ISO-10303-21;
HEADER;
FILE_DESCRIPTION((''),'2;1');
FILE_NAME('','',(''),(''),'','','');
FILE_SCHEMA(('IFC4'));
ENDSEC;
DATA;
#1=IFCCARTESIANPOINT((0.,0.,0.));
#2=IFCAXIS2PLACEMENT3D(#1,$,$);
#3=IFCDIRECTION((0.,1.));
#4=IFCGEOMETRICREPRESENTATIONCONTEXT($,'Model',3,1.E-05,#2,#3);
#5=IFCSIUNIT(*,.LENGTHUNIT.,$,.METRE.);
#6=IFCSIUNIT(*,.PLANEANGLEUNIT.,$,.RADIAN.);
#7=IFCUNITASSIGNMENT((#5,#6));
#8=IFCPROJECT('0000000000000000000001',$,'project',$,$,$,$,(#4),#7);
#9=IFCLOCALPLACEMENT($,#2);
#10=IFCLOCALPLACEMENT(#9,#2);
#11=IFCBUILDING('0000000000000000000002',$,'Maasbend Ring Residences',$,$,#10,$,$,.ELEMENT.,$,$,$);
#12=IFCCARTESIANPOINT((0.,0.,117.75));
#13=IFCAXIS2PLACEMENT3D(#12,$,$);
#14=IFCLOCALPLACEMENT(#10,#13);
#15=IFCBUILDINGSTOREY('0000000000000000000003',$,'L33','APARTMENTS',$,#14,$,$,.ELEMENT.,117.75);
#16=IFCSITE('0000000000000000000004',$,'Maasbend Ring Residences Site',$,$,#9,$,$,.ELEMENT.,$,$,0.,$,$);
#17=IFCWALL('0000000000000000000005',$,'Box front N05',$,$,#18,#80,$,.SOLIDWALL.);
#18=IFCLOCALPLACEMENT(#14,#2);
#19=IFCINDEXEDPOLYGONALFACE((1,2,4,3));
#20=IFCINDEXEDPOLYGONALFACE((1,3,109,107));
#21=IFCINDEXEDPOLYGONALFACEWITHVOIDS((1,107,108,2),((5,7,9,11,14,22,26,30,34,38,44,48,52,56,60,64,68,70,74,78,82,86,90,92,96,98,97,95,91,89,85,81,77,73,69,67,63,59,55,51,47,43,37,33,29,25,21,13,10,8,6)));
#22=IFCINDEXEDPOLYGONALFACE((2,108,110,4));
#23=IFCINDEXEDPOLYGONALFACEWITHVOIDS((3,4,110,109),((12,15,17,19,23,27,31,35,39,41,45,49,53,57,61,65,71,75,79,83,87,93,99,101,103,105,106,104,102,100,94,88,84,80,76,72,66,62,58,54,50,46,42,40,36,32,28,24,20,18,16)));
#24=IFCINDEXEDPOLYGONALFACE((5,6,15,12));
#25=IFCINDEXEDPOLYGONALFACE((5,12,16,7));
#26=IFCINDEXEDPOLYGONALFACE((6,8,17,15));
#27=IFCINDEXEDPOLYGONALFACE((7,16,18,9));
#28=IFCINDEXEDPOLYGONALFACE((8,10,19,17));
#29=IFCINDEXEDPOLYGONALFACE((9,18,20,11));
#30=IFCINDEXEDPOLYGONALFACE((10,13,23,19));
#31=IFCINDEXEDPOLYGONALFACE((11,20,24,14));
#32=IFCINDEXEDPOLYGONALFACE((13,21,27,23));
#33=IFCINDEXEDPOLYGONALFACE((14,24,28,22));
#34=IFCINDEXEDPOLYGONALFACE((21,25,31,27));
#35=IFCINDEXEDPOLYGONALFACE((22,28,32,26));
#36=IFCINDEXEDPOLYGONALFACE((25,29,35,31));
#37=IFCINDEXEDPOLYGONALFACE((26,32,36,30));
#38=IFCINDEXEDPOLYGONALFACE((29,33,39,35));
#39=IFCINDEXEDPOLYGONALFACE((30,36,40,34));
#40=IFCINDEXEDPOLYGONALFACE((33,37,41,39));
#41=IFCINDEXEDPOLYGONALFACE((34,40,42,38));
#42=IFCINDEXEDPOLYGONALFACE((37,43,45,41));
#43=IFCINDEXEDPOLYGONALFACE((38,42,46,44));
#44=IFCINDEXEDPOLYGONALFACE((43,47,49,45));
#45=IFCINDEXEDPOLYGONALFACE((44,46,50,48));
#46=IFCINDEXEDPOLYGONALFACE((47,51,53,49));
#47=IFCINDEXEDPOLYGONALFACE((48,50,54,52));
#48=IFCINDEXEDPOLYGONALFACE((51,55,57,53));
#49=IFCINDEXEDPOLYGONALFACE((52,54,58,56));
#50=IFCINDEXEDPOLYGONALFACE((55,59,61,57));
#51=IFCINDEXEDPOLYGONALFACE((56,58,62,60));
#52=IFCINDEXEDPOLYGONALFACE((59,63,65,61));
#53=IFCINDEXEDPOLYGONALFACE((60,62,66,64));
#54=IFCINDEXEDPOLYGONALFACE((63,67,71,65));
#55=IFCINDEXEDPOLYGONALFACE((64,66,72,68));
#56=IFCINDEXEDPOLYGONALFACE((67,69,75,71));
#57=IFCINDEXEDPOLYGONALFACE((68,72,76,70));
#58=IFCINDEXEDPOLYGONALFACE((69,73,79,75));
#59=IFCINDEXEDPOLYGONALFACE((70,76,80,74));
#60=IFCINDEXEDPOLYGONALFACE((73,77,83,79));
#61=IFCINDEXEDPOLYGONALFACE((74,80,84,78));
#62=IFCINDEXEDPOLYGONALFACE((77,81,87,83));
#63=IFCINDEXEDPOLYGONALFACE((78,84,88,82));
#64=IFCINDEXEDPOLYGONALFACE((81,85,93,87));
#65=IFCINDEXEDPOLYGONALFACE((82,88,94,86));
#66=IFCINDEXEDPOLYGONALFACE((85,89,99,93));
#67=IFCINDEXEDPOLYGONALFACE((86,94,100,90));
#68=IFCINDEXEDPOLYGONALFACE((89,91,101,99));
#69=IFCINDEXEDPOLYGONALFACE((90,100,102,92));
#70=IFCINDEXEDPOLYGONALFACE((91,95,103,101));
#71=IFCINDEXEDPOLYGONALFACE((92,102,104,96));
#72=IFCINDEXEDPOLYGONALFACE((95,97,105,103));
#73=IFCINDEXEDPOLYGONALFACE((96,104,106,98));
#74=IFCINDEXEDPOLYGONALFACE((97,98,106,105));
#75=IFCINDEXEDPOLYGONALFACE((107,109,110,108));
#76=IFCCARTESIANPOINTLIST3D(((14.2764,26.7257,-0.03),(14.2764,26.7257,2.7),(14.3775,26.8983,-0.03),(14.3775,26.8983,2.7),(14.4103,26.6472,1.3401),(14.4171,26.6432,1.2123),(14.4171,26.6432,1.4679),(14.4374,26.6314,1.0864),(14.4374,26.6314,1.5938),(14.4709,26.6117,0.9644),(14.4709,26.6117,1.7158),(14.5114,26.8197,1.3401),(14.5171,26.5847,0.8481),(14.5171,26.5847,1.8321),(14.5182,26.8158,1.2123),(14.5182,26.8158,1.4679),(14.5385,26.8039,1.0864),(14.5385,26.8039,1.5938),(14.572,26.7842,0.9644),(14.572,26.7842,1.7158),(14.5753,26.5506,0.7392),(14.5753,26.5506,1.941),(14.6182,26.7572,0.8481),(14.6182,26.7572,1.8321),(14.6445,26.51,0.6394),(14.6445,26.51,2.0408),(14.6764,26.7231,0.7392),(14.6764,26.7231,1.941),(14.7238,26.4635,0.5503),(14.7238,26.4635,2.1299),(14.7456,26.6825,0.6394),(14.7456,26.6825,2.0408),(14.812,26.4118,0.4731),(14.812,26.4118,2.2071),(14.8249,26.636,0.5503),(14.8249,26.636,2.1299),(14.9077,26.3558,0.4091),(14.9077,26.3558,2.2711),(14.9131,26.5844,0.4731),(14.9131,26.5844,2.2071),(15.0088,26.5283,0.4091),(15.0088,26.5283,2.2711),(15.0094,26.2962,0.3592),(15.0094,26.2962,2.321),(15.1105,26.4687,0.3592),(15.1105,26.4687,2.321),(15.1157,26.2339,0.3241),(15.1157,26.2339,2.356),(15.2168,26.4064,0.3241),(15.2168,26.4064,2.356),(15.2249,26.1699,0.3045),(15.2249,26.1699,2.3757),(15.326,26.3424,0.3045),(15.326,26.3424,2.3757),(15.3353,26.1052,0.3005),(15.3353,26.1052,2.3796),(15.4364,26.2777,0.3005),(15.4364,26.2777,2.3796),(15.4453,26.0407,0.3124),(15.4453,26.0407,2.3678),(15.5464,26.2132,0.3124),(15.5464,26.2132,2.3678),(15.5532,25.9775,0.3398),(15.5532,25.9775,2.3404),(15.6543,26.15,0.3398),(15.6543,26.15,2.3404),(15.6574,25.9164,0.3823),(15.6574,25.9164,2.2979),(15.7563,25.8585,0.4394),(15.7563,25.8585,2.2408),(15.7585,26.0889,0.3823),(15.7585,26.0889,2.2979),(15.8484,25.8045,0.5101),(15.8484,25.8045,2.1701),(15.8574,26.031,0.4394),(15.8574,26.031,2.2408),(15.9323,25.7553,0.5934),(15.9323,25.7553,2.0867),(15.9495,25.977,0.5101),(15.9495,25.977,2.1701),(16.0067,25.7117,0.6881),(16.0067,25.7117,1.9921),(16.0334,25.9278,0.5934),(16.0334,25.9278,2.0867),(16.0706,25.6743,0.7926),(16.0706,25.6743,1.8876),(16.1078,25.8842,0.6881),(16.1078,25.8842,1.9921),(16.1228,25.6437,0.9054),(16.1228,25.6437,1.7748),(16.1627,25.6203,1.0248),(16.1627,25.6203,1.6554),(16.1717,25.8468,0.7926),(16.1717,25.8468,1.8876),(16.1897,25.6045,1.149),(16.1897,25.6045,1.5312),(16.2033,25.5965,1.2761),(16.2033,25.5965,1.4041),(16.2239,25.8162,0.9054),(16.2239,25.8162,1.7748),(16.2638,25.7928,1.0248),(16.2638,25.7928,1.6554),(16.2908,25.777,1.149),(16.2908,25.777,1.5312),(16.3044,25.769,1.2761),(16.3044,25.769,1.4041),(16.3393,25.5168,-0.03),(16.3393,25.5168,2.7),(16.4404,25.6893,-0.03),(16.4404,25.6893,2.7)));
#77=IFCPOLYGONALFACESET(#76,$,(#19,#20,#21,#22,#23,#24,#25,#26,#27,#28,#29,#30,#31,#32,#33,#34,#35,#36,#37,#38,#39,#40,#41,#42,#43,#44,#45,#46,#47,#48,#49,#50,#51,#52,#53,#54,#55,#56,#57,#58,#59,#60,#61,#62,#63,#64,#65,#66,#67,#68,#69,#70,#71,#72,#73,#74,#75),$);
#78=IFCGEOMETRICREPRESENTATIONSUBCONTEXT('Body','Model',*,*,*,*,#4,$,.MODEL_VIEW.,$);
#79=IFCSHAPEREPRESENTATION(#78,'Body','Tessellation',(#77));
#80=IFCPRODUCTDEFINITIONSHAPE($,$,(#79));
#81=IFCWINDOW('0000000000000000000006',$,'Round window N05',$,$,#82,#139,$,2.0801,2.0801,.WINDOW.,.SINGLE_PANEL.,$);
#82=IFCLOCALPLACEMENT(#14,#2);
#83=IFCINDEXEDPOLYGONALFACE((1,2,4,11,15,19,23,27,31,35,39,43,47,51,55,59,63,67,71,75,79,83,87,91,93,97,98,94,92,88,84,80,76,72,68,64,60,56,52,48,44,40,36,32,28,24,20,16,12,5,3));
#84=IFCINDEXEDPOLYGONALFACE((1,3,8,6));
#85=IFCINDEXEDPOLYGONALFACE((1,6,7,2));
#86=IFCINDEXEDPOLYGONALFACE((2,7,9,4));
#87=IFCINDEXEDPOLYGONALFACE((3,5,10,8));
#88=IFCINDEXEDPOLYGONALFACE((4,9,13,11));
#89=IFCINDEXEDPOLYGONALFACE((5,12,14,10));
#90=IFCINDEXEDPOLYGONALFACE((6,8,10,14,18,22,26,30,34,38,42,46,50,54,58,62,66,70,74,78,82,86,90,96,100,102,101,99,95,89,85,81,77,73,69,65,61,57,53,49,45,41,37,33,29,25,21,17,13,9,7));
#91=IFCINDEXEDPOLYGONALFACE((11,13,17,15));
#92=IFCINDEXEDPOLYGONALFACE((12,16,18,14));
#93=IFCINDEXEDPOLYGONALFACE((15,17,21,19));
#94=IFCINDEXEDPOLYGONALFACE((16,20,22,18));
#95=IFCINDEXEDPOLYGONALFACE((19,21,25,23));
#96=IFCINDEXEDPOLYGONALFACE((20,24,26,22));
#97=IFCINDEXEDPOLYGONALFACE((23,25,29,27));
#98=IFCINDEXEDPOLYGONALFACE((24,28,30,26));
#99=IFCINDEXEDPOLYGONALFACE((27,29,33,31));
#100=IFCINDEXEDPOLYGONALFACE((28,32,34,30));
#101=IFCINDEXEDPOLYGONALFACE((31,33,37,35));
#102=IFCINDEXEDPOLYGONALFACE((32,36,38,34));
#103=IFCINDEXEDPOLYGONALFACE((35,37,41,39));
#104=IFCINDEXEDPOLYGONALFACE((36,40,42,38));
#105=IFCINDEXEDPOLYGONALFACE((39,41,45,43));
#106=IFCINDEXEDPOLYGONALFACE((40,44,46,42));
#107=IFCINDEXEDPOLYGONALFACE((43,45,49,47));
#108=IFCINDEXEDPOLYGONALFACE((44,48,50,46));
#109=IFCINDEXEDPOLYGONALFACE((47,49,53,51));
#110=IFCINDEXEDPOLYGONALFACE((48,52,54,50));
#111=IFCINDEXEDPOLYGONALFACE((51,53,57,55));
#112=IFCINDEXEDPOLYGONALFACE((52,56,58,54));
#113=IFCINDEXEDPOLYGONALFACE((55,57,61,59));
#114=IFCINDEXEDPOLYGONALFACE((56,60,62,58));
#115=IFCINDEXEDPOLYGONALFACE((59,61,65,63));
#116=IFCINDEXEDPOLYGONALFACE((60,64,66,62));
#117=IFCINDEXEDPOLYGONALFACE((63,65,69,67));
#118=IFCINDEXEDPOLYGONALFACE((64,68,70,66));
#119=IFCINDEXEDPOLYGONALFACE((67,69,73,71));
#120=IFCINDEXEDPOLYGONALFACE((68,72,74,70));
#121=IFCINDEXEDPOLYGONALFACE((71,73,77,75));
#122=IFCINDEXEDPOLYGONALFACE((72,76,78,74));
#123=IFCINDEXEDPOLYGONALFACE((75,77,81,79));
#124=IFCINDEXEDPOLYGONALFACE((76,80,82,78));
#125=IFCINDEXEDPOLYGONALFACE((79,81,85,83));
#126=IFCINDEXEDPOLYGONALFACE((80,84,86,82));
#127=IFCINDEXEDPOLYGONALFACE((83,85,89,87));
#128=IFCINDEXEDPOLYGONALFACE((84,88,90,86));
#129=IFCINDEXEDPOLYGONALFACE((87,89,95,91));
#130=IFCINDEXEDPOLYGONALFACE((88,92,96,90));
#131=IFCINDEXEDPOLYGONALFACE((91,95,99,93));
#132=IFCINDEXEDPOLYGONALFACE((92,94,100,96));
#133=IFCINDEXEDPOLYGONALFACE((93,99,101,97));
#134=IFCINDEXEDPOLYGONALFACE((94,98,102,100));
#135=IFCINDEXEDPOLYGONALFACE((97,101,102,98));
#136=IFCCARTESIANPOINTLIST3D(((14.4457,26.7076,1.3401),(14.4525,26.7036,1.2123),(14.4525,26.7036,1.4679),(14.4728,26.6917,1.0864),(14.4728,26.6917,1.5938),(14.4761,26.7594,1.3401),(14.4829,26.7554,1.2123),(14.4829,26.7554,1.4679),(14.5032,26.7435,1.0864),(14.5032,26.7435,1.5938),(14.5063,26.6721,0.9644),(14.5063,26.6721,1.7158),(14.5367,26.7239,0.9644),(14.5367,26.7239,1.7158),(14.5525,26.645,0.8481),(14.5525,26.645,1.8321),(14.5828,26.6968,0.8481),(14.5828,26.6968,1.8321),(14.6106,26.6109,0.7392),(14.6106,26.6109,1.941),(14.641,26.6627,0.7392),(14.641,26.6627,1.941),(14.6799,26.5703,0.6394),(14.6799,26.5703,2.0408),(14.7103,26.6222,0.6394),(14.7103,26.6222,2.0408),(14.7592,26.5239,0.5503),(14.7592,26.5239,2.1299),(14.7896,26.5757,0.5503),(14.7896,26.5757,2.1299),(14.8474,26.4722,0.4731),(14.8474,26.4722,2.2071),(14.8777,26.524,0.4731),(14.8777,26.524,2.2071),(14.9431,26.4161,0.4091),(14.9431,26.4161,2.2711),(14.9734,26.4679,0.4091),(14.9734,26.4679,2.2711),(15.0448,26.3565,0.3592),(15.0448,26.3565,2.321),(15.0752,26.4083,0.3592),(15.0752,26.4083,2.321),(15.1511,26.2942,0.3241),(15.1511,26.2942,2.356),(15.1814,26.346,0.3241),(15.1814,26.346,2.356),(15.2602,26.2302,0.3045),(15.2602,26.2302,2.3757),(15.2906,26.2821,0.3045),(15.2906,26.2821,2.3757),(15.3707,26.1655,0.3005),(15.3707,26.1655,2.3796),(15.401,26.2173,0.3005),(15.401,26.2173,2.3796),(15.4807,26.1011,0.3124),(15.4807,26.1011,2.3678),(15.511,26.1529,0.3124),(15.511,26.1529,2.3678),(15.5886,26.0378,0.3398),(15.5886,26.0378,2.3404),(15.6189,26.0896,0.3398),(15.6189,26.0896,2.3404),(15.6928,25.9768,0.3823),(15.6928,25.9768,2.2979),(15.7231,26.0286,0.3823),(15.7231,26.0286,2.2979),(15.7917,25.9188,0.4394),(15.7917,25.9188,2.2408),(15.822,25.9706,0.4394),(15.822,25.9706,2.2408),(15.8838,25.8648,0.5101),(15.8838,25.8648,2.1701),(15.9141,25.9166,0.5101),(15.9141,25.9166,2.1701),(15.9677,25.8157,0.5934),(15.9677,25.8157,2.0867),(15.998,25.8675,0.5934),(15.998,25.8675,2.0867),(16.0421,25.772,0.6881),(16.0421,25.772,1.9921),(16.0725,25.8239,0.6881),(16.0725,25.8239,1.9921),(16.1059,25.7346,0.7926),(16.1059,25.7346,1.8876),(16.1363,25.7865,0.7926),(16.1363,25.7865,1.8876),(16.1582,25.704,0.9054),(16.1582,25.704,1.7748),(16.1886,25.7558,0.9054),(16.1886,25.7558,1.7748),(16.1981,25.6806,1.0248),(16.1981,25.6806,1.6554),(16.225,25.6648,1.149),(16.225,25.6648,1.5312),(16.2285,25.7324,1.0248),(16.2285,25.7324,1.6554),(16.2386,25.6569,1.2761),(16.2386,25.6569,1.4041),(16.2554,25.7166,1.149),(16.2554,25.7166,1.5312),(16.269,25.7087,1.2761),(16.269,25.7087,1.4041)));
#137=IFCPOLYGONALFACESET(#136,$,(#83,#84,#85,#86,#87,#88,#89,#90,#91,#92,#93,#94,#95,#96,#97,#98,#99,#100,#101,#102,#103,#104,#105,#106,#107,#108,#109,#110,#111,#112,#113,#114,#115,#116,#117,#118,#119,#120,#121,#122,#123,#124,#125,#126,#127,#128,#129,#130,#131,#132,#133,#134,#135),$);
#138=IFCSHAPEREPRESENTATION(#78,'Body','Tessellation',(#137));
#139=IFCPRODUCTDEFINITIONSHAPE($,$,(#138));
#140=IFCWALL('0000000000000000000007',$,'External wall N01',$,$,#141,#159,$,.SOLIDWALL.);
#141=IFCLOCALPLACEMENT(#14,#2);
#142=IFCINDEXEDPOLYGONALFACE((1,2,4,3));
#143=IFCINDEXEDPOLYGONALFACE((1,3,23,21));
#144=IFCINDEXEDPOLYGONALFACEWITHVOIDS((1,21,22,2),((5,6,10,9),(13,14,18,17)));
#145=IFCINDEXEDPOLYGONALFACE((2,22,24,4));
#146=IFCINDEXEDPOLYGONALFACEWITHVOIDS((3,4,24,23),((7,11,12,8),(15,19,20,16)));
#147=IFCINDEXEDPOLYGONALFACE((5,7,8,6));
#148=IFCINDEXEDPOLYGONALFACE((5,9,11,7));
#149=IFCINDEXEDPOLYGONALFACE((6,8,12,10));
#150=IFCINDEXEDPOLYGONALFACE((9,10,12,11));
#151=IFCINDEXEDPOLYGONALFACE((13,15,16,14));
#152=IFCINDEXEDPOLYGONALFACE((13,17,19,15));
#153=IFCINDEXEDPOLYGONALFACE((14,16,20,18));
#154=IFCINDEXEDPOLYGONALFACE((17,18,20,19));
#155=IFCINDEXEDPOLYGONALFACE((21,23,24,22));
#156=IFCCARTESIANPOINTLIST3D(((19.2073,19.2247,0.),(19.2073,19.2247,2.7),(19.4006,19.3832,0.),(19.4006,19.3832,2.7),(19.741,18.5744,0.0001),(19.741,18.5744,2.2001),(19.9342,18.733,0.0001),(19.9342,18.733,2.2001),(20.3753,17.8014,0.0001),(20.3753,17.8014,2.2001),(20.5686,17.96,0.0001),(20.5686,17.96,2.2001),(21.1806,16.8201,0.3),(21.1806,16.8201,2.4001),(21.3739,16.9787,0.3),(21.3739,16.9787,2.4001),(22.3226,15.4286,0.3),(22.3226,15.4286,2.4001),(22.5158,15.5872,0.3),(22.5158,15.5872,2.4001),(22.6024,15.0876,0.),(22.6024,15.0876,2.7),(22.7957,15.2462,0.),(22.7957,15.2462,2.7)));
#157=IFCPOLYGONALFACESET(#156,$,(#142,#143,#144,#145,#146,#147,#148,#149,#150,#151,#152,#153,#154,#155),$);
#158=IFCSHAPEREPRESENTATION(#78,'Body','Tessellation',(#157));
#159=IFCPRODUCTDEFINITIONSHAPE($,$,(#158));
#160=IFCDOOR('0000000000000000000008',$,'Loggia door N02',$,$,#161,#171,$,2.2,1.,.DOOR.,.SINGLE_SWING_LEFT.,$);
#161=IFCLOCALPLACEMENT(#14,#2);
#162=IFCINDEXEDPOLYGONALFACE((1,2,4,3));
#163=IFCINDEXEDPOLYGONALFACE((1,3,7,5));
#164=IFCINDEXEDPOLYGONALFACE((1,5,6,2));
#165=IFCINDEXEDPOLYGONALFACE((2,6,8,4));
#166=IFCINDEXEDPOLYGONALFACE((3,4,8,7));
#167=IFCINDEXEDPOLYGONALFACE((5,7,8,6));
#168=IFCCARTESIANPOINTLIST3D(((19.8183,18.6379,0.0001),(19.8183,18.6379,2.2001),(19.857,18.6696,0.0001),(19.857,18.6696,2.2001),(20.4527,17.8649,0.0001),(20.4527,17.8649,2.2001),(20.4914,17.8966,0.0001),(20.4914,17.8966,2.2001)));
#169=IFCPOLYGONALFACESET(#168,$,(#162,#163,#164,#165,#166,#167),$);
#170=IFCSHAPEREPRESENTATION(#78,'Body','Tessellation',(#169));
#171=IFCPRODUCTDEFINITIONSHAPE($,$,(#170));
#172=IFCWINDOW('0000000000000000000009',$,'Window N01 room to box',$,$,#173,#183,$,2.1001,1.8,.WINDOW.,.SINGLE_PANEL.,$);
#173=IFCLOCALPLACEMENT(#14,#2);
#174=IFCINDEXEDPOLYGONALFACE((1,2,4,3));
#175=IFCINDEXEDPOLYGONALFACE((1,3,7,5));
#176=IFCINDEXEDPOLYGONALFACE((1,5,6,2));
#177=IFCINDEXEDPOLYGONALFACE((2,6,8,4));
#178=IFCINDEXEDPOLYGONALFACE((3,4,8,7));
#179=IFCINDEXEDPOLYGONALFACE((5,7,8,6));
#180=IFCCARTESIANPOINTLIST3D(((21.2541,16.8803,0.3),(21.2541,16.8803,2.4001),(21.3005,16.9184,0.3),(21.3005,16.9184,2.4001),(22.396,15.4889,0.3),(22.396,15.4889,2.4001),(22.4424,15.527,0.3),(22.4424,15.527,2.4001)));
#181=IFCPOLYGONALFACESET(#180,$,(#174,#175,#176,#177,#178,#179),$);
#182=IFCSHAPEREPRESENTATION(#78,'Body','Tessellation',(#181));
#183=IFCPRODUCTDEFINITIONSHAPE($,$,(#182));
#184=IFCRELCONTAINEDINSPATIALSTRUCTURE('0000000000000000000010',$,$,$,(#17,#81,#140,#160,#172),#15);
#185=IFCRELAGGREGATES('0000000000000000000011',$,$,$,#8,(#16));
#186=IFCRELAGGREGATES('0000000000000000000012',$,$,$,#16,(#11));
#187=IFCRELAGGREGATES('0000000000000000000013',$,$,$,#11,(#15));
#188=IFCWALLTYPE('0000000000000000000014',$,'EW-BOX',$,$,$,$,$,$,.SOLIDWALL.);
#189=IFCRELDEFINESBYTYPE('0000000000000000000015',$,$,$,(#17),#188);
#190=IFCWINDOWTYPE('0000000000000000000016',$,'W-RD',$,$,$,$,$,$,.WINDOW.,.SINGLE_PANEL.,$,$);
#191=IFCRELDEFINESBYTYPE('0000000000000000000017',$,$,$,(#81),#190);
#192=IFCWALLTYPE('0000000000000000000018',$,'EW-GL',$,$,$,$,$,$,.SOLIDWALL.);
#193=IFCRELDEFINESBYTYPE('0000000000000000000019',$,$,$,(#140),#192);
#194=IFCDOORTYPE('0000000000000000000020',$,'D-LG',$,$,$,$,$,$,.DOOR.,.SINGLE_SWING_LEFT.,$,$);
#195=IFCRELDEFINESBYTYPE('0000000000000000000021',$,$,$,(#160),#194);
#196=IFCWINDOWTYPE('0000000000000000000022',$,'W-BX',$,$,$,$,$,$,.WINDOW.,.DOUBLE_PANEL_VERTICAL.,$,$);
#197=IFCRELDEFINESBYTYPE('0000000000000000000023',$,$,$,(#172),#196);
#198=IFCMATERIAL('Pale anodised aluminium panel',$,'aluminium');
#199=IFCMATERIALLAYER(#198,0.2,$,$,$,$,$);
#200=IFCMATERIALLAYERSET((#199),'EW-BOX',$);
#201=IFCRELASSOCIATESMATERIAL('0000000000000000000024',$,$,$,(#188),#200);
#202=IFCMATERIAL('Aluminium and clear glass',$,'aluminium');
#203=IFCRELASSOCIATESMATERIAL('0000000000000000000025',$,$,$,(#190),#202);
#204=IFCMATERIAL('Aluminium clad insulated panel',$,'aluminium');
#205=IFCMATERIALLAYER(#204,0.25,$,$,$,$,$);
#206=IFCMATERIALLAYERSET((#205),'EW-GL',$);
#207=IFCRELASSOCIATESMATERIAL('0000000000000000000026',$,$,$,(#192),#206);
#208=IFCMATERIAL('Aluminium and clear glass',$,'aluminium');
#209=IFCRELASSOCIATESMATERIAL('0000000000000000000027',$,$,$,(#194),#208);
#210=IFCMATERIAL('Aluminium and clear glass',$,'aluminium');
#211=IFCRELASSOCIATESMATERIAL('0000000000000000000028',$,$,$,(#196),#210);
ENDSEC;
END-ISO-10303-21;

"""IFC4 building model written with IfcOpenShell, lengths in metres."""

from ifc_helpers import new_model, si_unit, direction, frame, frame_2d, origin, place, context, subcontext, project, spatial, rectangle, circle, extrude, material, layer, layer_set, type_object, element, fill, save


model = new_model("IFC4")

# Units and contexts
model_context = context("Model", 3, precision=1e-05, world=origin(), true_north=direction((0.0, 1.0)))
body_context = subcontext(model_context, "Body", "Model", "MODEL_VIEW")
ifc_project = project(units=[si_unit("LENGTHUNIT", "METRE"), si_unit("PLANEANGLEUNIT", "RADIAN")], contexts=[model_context])

# Site, building, storey
site_placement = place(None, origin())
site = spatial("IfcSite", under=ifc_project, at=site_placement, Name="Maasbend Ring Residences Site", CompositionType="ELEMENT", RefElevation=0.0)
building_placement = place(site_placement, origin())
building = spatial("IfcBuilding", under=site, at=building_placement, Name="Maasbend Ring Residences", CompositionType="ELEMENT")
storey_placement = place(building_placement, frame((0.0, 0.0, 117.75)))
storey = spatial("IfcBuildingStorey", under=building, at=storey_placement, Name="L33", Description="APARTMENTS", CompositionType="ELEMENT", Elevation=117.75)

# Shared definitions
ifc_material_1 = material(Name="Pale anodised aluminium panel", Category="aluminium")
ifc_layer_1 = layer(ifc_material_1, 0.2)
ifc_layer_set_1 = layer_set([ifc_layer_1], Name="EW-BOX")
wall_type_1 = type_object("IfcWallType", Name="EW-BOX", PredefinedType="SOLIDWALL", material=ifc_layer_set_1)
ifc_material_2 = material(Name="Aluminium and clear glass", Category="aluminium")
window_type_1 = type_object("IfcWindowType", Name="W-RD", PartitioningType="SINGLE_PANEL", PredefinedType="WINDOW", material=ifc_material_2)

# Wall, opening, window
wall_1_placement = place(storey_placement, frame((16.3899, 25.603, -0.03), z_axis=(0.0, 0.0, 1.0), x_axis=(-0.862762, 0.505609, 0.0)))
wall_1 = element("IfcWall", 1, at=wall_1_placement, inside=storey, type_object=wall_type_1, Name="Box front N05", PredefinedType="SOLIDWALL", context=body_context, shape_type="SweptSolid", body=[
    extrude(rectangle(XDim=2.3911, YDim=0.2, at=frame_2d((1.1956, 0.0))), origin(), (0.0, 0.0, 1.0), 2.73),
])
opening_1_placement = place(wall_1_placement, frame((0.1558, 0.0, 0.3301)))
opening_1 = element("IfcOpeningElement", 2, at=opening_1_placement, cuts=wall_1, PredefinedType="OPENING", context=body_context, shape_type="SweptSolid", body=[
    extrude(circle(Radius=1.04, at=frame_2d((1.04, 1.04))), frame((0.0, 0.1099, 0.0), z_axis=(0.0, -1.0, 0.0), x_axis=(1.0, 0.0, 0.0)), (0.0, 0.0, 1.0), 0.22),
])
window_1_placement = place(opening_1_placement, origin())
window_1 = element("IfcWindow", 3, at=window_1_placement, inside=storey, type_object=window_type_1, Name="Round window N05", OverallHeight=2.0801, OverallWidth=2.0801, PartitioningType="SINGLE_PANEL", PredefinedType="WINDOW", context=body_context, shape_type="SweptSolid", body=[
    extrude(circle(Radius=1.04, at=frame_2d((1.04, 1.04))), frame((0.0, 0.03, 0.0), z_axis=(0.0, -1.0, 0.0), x_axis=(1.0, 0.0, 0.0)), (0.0, 0.0, 1.0), 0.0601),
])
fill(opening_1, window_1)

# Wall, openings, door, window
ifc_material_3 = material(Name="Aluminium clad insulated panel", Category="aluminium")
ifc_layer_2 = layer(ifc_material_3, 0.25)
ifc_layer_set_2 = layer_set([ifc_layer_2], Name="EW-GL")
wall_type_2 = type_object("IfcWallType", Name="EW-GL", PredefinedType="SOLIDWALL", material=ifc_layer_set_2)
wall_2_placement = place(storey_placement, frame((22.699, 15.167, 0.0), z_axis=(0.0, 0.0, 1.0), x_axis=(-0.634382, 0.773019, 0.0)))
wall_2 = element("IfcWall", 4, at=wall_2_placement, inside=storey, type_object=wall_type_2, Name="External wall N01", PredefinedType="SOLIDWALL", context=body_context, shape_type="SweptSolid", body=[
    extrude(rectangle(XDim=5.3518, YDim=0.25, at=frame_2d((2.6758, 0.0))), origin(), (0.0, 0.0, 1.0), 2.7),
])
opening_2_placement = place(wall_2_placement, frame((0.4412, 0.0, 0.3)))
opening_2 = element("IfcOpeningElement", 5, at=opening_2_placement, cuts=wall_2, PredefinedType="OPENING", context=body_context, shape_type="SweptSolid", body=[
    extrude(rectangle(XDim=1.8, YDim=2.1001, at=frame_2d((0.8999, 1.05))), frame((0.0, 0.135, 0.0), z_axis=(0.0, -1.0, 0.0), x_axis=(1.0, 0.0, 0.0)), (0.0, 0.0, 1.0), 0.27),
])
opening_3_placement = place(wall_2_placement, frame((3.5105, 0.0, 0.0)))
opening_3 = element("IfcOpeningElement", 6, at=opening_3_placement, cuts=wall_2, PredefinedType="OPENING", context=body_context, shape_type="SweptSolid", body=[
    extrude(rectangle(XDim=1.0, YDim=2.2, at=frame_2d((0.5, 1.1001))), frame((0.0, 0.135, 0.0), z_axis=(0.0, -1.0, 0.0), x_axis=(1.0, 0.0, 0.0)), (0.0, 0.0, 1.0), 0.27),
])
ifc_material_4 = material(Name="Aluminium and clear glass", Category="aluminium")
door_type = type_object("IfcDoorType", Name="D-LG", OperationType="SINGLE_SWING_LEFT", PredefinedType="DOOR", material=ifc_material_4)
door_1_placement = place(opening_3_placement, origin())
door_1 = element("IfcDoor", 7, at=door_1_placement, inside=storey, type_object=door_type, Name="Loggia door N02", OperationType="SINGLE_SWING_LEFT", OverallHeight=2.2, OverallWidth=1.0, PredefinedType="DOOR", context=body_context, shape_type="SweptSolid", body=[
    extrude(rectangle(XDim=1.0, YDim=2.2, at=frame_2d((0.5, 1.1001))), frame((0.0, 0.0249, 0.0), z_axis=(0.0, -1.0, 0.0), x_axis=(1.0, 0.0, 0.0)), (0.0, 0.0, 1.0), 0.05),
])
fill(opening_3, door_1)
ifc_material_5 = material(Name="Aluminium and clear glass", Category="aluminium")
window_type_2 = type_object("IfcWindowType", Name="W-BX", PartitioningType="DOUBLE_PANEL_VERTICAL", PredefinedType="WINDOW", material=ifc_material_5)
window_2_placement = place(opening_2_placement, origin())
window_2 = element("IfcWindow", 8, at=window_2_placement, inside=storey, type_object=window_type_2, Name="Window N01 room to box", OverallHeight=2.1001, OverallWidth=1.8, PartitioningType="SINGLE_PANEL", PredefinedType="WINDOW", context=body_context, shape_type="SweptSolid", body=[
    extrude(rectangle(XDim=1.8, YDim=2.1001, at=frame_2d((0.8999, 1.05))), frame((0.0, 0.03, 0.0), z_axis=(0.0, -1.0, 0.0), x_axis=(1.0, 0.0, 0.0)), (0.0, 0.0, 1.0), 0.0601),
])
fill(opening_2, window_2)

save(model, "model.ifc")
